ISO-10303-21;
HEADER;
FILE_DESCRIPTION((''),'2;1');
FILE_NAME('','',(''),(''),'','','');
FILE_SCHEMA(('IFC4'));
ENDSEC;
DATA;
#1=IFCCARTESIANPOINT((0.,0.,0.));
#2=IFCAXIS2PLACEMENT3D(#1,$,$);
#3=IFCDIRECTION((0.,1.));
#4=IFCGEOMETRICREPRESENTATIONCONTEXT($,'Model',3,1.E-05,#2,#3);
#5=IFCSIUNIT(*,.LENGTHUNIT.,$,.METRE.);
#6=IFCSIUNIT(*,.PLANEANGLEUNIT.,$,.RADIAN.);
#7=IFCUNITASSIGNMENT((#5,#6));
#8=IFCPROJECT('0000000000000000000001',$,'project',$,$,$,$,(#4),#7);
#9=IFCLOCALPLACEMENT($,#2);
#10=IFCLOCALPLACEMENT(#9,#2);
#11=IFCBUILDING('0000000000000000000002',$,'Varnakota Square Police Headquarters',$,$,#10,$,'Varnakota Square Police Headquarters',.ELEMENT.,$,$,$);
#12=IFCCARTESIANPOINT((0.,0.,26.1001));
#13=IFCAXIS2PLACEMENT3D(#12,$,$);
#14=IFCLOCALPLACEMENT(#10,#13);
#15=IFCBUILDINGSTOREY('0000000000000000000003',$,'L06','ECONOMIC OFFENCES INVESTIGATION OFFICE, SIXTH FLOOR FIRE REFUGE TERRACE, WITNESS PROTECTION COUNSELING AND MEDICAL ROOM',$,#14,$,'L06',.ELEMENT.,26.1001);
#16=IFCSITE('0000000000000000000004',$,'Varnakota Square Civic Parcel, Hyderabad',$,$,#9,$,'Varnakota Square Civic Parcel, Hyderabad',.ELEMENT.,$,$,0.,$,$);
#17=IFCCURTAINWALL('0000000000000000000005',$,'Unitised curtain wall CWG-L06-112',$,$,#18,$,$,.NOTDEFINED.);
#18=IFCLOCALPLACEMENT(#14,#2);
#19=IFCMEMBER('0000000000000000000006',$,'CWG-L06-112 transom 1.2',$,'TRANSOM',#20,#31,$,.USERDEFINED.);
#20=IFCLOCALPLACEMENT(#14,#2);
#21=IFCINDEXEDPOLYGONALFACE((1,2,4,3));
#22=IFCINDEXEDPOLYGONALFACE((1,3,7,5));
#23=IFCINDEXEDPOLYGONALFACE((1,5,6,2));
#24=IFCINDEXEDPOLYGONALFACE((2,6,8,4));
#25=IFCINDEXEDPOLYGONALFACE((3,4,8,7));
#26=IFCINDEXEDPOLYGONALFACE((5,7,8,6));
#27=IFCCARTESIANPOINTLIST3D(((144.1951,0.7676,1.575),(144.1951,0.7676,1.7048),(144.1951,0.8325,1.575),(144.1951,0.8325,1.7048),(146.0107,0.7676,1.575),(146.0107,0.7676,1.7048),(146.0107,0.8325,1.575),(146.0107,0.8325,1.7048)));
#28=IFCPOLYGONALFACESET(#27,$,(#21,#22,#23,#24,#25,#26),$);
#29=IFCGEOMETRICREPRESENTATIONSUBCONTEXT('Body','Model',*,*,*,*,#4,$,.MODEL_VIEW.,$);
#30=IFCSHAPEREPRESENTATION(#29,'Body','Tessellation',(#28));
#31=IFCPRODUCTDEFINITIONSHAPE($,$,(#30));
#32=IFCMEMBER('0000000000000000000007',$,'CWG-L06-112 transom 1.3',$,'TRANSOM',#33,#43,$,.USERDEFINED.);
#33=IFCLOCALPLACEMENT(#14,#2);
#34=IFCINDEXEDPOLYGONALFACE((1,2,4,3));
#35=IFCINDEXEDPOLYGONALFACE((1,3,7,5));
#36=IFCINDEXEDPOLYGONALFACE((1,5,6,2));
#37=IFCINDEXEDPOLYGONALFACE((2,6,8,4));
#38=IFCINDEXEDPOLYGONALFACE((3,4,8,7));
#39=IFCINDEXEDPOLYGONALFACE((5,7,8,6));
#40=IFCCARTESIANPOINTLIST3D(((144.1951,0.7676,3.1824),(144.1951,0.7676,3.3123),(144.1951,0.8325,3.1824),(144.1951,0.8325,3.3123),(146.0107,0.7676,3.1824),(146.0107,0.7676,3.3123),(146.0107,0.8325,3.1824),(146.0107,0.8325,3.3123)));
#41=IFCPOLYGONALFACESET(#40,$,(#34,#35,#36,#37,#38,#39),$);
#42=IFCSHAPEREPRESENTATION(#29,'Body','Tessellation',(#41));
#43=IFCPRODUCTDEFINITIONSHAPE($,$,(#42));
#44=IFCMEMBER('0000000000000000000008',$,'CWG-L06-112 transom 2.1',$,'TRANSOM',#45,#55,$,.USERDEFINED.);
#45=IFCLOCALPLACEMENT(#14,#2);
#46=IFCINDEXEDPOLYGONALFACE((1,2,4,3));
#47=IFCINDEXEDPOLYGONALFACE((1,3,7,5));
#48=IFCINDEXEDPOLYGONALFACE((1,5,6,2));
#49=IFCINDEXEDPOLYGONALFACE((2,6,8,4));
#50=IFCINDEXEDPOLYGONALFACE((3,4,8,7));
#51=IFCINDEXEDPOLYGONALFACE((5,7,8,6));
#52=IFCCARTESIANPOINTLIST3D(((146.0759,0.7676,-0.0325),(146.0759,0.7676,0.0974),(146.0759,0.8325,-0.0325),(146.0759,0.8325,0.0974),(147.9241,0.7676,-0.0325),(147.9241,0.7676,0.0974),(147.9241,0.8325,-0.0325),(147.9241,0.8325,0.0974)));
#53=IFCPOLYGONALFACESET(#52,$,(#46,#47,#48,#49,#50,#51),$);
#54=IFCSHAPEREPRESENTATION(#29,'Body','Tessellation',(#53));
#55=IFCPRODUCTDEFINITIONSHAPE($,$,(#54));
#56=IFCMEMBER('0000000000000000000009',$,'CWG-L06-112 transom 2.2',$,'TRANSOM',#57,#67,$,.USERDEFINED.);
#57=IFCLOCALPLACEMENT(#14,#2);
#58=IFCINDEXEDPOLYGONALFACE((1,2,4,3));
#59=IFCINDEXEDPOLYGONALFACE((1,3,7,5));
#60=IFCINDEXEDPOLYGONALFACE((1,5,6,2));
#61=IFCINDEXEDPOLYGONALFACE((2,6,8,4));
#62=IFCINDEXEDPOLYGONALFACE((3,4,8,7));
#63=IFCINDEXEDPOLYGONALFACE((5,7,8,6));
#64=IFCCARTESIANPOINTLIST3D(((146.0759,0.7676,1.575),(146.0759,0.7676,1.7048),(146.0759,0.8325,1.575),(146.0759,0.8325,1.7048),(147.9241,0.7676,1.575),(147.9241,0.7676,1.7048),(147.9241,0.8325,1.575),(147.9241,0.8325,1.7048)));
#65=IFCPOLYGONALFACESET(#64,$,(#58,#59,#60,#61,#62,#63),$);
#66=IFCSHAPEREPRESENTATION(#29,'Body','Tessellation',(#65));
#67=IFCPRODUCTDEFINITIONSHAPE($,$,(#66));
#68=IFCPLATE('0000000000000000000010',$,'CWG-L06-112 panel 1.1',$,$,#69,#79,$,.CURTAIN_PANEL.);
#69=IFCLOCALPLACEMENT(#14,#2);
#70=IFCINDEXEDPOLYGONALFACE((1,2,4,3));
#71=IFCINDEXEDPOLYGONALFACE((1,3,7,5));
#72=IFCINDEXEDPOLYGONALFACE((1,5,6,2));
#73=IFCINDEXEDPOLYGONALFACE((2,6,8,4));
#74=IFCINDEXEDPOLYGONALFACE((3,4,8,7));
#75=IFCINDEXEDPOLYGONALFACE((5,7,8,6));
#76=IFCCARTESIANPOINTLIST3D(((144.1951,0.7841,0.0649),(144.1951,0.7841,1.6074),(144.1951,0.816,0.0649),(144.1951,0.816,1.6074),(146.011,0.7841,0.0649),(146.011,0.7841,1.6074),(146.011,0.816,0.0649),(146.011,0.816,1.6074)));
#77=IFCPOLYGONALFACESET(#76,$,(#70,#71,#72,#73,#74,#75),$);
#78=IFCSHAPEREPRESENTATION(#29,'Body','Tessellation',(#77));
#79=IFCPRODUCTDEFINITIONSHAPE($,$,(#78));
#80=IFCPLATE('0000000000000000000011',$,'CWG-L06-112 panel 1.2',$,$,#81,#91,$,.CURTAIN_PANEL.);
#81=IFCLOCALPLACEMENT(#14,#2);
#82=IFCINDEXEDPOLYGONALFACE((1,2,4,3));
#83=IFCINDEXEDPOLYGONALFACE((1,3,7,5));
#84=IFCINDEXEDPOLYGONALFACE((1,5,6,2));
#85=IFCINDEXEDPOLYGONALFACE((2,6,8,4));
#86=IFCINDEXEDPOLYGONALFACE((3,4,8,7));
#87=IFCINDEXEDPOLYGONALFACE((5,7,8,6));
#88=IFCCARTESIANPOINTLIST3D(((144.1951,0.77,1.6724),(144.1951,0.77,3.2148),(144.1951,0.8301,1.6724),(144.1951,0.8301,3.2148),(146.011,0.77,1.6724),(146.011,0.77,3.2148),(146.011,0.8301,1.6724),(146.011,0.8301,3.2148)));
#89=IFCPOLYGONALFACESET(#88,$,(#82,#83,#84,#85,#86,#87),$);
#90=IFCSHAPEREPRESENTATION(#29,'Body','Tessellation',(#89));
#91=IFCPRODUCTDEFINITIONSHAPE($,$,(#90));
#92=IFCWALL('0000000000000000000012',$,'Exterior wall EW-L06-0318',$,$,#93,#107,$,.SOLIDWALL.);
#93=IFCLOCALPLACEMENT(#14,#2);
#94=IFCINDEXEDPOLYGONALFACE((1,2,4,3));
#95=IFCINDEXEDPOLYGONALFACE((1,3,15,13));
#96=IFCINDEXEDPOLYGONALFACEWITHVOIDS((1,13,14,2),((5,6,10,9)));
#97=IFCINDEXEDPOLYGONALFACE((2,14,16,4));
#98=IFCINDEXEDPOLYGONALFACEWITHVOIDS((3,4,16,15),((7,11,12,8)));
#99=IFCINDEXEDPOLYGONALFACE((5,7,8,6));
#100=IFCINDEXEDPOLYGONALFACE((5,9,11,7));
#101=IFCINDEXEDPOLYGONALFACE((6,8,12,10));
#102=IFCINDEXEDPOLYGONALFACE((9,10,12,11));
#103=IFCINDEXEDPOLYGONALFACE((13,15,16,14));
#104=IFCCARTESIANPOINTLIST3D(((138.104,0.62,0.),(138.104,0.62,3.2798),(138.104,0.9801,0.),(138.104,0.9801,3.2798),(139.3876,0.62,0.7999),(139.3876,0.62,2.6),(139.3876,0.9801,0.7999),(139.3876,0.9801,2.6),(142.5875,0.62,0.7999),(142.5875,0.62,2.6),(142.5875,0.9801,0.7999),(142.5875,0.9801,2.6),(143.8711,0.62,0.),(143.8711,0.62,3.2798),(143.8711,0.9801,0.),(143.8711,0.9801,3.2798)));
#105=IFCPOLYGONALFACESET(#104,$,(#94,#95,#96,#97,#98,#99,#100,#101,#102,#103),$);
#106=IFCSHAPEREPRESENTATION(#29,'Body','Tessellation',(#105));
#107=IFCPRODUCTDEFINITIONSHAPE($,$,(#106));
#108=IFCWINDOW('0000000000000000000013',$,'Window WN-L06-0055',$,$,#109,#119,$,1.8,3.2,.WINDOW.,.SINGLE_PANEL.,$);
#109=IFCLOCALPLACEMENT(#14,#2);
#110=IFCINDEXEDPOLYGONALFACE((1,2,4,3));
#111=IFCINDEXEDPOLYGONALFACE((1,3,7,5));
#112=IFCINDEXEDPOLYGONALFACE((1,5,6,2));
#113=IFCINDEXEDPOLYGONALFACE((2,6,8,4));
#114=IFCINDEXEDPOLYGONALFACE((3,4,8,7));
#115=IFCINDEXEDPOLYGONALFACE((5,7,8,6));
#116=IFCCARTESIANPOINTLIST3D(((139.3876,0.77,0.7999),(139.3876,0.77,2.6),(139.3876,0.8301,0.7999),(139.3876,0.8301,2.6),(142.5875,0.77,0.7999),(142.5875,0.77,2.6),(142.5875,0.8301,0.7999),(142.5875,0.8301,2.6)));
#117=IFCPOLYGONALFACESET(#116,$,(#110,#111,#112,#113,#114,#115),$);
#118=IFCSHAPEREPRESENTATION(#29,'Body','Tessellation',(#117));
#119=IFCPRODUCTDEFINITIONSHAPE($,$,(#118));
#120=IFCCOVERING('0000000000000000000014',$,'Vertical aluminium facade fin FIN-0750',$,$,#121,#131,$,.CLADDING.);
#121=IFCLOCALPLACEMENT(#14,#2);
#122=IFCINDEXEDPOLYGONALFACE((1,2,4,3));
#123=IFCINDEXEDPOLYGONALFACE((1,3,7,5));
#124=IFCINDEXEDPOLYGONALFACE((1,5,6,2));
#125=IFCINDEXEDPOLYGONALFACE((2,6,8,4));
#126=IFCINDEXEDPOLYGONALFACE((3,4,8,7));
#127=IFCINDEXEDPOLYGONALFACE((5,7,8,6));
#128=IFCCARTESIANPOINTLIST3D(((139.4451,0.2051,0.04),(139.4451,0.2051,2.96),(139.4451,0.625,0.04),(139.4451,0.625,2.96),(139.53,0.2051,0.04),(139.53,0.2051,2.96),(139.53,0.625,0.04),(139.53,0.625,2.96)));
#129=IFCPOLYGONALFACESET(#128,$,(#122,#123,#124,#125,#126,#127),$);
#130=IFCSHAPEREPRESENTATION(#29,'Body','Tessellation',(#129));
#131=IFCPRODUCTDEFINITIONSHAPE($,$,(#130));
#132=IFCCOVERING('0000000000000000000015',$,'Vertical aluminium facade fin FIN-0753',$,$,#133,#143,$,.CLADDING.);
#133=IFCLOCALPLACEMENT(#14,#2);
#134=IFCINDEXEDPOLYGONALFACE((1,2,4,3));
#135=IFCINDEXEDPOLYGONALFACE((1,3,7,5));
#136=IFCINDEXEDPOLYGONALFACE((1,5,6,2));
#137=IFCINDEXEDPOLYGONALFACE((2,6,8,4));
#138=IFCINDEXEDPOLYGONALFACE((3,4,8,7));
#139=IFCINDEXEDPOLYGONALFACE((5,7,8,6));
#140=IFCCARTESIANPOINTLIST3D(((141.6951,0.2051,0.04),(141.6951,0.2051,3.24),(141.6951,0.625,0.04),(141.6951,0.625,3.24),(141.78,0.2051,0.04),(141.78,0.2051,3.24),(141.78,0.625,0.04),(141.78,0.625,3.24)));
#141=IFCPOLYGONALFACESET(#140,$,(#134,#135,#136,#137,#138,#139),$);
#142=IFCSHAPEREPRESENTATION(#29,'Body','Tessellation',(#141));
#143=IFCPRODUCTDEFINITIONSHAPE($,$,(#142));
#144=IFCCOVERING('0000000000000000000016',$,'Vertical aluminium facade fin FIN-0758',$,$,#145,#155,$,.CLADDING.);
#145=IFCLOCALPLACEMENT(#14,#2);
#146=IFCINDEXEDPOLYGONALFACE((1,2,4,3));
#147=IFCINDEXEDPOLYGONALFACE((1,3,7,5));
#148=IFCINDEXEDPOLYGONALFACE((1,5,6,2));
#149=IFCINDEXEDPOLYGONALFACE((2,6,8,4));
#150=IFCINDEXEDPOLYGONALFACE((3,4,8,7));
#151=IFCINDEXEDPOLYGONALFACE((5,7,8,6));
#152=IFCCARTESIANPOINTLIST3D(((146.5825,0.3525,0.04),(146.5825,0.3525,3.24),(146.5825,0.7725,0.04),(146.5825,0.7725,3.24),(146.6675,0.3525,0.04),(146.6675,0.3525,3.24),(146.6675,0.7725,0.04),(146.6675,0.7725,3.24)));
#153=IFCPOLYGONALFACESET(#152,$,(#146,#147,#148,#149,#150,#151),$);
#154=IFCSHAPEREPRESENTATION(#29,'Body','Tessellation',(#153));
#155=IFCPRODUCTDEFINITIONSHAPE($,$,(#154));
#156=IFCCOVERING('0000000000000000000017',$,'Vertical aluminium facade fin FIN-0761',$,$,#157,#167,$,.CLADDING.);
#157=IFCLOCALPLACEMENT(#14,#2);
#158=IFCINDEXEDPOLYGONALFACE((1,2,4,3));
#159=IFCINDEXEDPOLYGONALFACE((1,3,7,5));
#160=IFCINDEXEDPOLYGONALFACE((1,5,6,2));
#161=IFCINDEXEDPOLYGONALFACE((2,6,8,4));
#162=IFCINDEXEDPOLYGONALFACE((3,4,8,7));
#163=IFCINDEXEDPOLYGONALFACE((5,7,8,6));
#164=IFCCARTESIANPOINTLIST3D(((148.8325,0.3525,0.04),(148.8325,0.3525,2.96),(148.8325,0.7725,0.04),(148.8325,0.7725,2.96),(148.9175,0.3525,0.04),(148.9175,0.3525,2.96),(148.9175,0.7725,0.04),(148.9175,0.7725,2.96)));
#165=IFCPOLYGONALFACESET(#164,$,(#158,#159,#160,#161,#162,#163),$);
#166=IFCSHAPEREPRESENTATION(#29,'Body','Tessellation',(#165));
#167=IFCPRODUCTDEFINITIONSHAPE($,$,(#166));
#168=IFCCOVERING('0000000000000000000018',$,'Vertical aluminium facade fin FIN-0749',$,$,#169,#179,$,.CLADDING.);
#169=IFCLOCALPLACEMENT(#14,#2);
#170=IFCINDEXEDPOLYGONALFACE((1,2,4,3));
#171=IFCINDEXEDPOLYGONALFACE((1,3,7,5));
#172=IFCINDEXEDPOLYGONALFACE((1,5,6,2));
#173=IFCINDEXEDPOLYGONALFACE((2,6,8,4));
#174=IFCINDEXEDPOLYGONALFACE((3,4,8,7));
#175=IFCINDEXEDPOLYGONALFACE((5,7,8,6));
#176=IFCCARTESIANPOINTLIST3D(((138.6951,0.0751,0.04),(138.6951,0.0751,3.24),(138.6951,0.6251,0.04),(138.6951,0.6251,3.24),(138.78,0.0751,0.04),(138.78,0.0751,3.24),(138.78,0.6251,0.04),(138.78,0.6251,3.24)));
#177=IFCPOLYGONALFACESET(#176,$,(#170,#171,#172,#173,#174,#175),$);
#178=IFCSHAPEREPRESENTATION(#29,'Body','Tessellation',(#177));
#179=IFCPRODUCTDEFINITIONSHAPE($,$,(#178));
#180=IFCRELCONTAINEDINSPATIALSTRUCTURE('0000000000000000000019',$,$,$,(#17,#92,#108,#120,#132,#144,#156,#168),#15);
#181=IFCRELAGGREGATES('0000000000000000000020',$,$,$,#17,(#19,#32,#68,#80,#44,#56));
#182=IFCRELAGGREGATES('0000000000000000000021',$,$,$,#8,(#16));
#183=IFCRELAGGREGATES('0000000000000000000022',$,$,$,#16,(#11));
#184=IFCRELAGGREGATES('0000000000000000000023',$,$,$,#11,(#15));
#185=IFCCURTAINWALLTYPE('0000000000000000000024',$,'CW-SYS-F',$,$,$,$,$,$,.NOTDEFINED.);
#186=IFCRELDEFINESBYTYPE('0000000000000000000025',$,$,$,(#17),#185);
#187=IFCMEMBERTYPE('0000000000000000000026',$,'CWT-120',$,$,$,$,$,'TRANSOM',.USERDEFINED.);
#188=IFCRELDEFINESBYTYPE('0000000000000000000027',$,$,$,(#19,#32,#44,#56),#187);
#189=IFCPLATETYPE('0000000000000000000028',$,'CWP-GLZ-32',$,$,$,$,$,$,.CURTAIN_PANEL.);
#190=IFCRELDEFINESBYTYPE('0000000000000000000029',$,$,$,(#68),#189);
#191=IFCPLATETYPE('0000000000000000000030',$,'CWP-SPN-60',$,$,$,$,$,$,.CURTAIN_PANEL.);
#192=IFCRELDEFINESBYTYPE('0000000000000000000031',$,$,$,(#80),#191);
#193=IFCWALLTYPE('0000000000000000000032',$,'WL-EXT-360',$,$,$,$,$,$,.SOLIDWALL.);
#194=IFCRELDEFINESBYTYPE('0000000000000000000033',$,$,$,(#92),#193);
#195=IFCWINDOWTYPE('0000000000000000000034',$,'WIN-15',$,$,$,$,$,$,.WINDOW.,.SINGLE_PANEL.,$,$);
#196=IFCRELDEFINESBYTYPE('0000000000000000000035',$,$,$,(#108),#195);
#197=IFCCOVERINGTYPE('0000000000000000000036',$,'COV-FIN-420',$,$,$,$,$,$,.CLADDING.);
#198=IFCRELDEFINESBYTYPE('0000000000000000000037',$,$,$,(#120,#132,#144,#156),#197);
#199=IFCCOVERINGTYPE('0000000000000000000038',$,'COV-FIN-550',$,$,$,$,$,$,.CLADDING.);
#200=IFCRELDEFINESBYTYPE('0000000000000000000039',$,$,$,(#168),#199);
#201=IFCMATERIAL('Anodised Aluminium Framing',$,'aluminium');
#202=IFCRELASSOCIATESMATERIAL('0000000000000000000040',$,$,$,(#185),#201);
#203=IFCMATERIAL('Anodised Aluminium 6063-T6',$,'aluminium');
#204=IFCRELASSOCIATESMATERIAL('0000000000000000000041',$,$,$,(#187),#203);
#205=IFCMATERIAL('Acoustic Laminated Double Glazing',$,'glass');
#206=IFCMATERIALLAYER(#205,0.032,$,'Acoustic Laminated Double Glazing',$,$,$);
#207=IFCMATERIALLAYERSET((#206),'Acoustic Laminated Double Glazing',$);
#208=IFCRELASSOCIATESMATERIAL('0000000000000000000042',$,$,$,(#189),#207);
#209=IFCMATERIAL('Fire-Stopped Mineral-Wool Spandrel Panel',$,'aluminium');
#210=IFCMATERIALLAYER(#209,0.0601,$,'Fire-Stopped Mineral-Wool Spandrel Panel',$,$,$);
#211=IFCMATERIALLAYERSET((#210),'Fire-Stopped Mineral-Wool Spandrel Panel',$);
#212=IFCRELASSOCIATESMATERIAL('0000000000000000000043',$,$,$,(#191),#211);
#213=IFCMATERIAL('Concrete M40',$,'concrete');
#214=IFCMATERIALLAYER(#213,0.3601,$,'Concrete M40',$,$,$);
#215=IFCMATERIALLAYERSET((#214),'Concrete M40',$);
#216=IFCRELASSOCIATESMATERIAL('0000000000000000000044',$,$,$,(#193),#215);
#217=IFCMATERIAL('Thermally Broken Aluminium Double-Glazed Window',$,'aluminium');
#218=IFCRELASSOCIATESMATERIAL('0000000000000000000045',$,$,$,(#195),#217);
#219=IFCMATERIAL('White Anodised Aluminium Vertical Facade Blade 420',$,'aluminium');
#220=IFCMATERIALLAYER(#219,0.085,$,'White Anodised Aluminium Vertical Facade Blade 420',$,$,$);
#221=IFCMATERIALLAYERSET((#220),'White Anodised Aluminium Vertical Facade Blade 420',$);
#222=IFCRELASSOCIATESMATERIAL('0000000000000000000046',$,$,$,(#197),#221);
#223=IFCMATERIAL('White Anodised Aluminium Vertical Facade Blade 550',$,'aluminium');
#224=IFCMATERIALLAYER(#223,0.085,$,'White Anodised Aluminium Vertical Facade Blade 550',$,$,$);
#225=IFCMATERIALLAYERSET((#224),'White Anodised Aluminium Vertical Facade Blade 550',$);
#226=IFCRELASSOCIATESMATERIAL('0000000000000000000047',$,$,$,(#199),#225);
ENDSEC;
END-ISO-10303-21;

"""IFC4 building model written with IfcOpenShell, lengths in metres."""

from ifc_helpers import new_model, si_unit, direction, frame, frame_2d, origin, origin_2d, place, context, subcontext, project, spatial, rectangle, extrude, material, layer, layer_set, material_profile, profile_set, type_object, element, fill, aggregate, save


model = new_model("IFC4")

# Units and contexts
model_context = context("Model", 3, precision=1e-05, world=origin(), true_north=direction((0.0, 1.0)))
body_context = subcontext(model_context, "Body", "Model", "MODEL_VIEW")
ifc_project = project(units=[si_unit("LENGTHUNIT", "METRE"), si_unit("PLANEANGLEUNIT", "RADIAN")], contexts=[model_context])

# Site, building, storey
site_placement = place(None, origin())
site = spatial("IfcSite", under=ifc_project, at=site_placement, Name="Varnakota Square Civic Parcel, Hyderabad", LongName="Varnakota Square Civic Parcel, Hyderabad", CompositionType="ELEMENT", RefElevation=0.0)
building_placement = place(site_placement, origin())
building = spatial("IfcBuilding", under=site, at=building_placement, Name="Varnakota Square Police Headquarters", LongName="Varnakota Square Police Headquarters", CompositionType="ELEMENT")
storey_placement = place(building_placement, frame((0.0, 0.0, 26.1001)))
storey = spatial("IfcBuildingStorey", under=building, at=storey_placement, Name="L06", Description="ECONOMIC OFFENCES INVESTIGATION OFFICE, SIXTH FLOOR FIRE REFUGE TERRACE, WITNESS PROTECTION COUNSELING AND MEDICAL ROOM", LongName="L06", CompositionType="ELEMENT", Elevation=26.1001)

# Curtain wall, members, plates
ifc_material_1 = material(Name="Anodised Aluminium Framing", Category="aluminium")
curtain_wall_type = type_object("IfcCurtainWallType", Name="CW-SYS-F", PredefinedType="NOTDEFINED", material=ifc_material_1)
curtain_wall_placement = place(storey_placement, origin())
curtain_wall = element("IfcCurtainWall", 1, at=curtain_wall_placement, inside=storey, type_object=curtain_wall_type, Name="Unitised curtain wall CWG-L06-112", PredefinedType="NOTDEFINED")
ifc_material_2 = material(Name="Anodised Aluminium 6063-T6", Category="aluminium")
ifc_material_profile_1 = material_profile(ifc_material_2, rectangle(XDim=0.0649, YDim=0.1299, at=origin_2d()), Name="ALU TRANSOM 65x130")
ifc_profile_set_1 = profile_set([ifc_material_profile_1], Name="Anodised Aluminium 6063-T6")
member_type_1 = type_object("IfcMemberType", Name="CWT-120", ElementType="TRANSOM", PredefinedType="USERDEFINED", material=ifc_profile_set_1)
member_1_placement = place(storey_placement, frame((144.1951, 0.8, 1.6399), z_axis=(1.0, 0.0, 0.0), x_axis=(0.0, 1.0, 0.0)))
member_1 = element("IfcMember", 2, at=member_1_placement, type_object=member_type_1, Name="CWG-L06-112 transom 1.2", ObjectType="TRANSOM", PredefinedType="USERDEFINED", context=body_context, shape_type="SweptSolid", body=[
    extrude(rectangle(XDim=0.0649, YDim=0.1299, at=origin_2d()), origin(), (0.0, 0.0, 1.0), 1.8157),
])
member_2_placement = place(storey_placement, frame((144.1951, 0.8, 3.2473), z_axis=(1.0, 0.0, 0.0), x_axis=(0.0, 1.0, 0.0)))
member_2 = element("IfcMember", 3, at=member_2_placement, type_object=member_type_1, Name="CWG-L06-112 transom 1.3", ObjectType="TRANSOM", PredefinedType="USERDEFINED", context=body_context, shape_type="SweptSolid", body=[
    extrude(rectangle(XDim=0.0649, YDim=0.1299, at=origin_2d()), origin(), (0.0, 0.0, 1.0), 1.8157),
])
member_3_placement = place(storey_placement, frame((146.0759, 0.8, 0.0325), z_axis=(1.0, 0.0, 0.0), x_axis=(0.0, 1.0, 0.0)))
member_3 = element("IfcMember", 4, at=member_3_placement, type_object=member_type_1, Name="CWG-L06-112 transom 2.1", ObjectType="TRANSOM", PredefinedType="USERDEFINED", context=body_context, shape_type="SweptSolid", body=[
    extrude(rectangle(XDim=0.0649, YDim=0.1299, at=origin_2d()), origin(), (0.0, 0.0, 1.0), 1.8481),
])
member_4_placement = place(storey_placement, frame((146.0759, 0.8, 1.6399), z_axis=(1.0, 0.0, 0.0), x_axis=(0.0, 1.0, 0.0)))
member_4 = element("IfcMember", 5, at=member_4_placement, type_object=member_type_1, Name="CWG-L06-112 transom 2.2", ObjectType="TRANSOM", PredefinedType="USERDEFINED", context=body_context, shape_type="SweptSolid", body=[
    extrude(rectangle(XDim=0.0649, YDim=0.1299, at=origin_2d()), origin(), (0.0, 0.0, 1.0), 1.8481),
])
ifc_material_3 = material(Name="Acoustic Laminated Double Glazing", Category="glass")
ifc_layer_1 = layer(ifc_material_3, 0.032, Name="Acoustic Laminated Double Glazing")
ifc_layer_set_1 = layer_set([ifc_layer_1], Name="Acoustic Laminated Double Glazing")
plate_type_1 = type_object("IfcPlateType", Name="CWP-GLZ-32", PredefinedType="CURTAIN_PANEL", material=ifc_layer_set_1)
plate_1_placement = place(storey_placement, frame((145.103, 0.8, 0.0649), z_axis=(0.0, 0.0, 1.0), x_axis=(1.0, 0.0, 0.0)))
plate_1 = element("IfcPlate", 6, at=plate_1_placement, type_object=plate_type_1, Name="CWG-L06-112 panel 1.1", PredefinedType="CURTAIN_PANEL", context=body_context, shape_type="SweptSolid", body=[
    extrude(rectangle(XDim=1.8159, YDim=0.032, at=origin_2d()), origin(), (0.0, 0.0, 1.0), 1.5425),
])
ifc_material_4 = material(Name="Fire-Stopped Mineral-Wool Spandrel Panel", Category="aluminium")
ifc_layer_2 = layer(ifc_material_4, 0.0601, Name="Fire-Stopped Mineral-Wool Spandrel Panel")
ifc_layer_set_2 = layer_set([ifc_layer_2], Name="Fire-Stopped Mineral-Wool Spandrel Panel")
plate_type_2 = type_object("IfcPlateType", Name="CWP-SPN-60", PredefinedType="CURTAIN_PANEL", material=ifc_layer_set_2)
plate_2_placement = place(storey_placement, frame((145.103, 0.8, 1.6724), z_axis=(0.0, 0.0, 1.0), x_axis=(1.0, 0.0, 0.0)))
plate_2 = element("IfcPlate", 7, at=plate_2_placement, type_object=plate_type_2, Name="CWG-L06-112 panel 1.2", PredefinedType="CURTAIN_PANEL", context=body_context, shape_type="SweptSolid", body=[
    extrude(rectangle(XDim=1.8159, YDim=0.0601, at=origin_2d()), origin(), (0.0, 0.0, 1.0), 1.5425),
])
aggregate(curtain_wall, [member_1, member_2, plate_1, plate_2, member_3, member_4])

# Wall, opening, window
ifc_material_5 = material(Name="Concrete M40", Category="concrete")
ifc_layer_3 = layer(ifc_material_5, 0.3601, Name="Concrete M40")
ifc_layer_set_3 = layer_set([ifc_layer_3], Name="Concrete M40")
wall_type = type_object("IfcWallType", Name="WL-EXT-360", PredefinedType="SOLIDWALL", material=ifc_layer_set_3)
wall_placement = place(storey_placement, frame((138.104, 0.8, 0.0), z_axis=(0.0, 0.0, 1.0), x_axis=(1.0, 0.0, 0.0)))
wall = element("IfcWall", 8, at=wall_placement, inside=storey, type_object=wall_type, Name="Exterior wall EW-L06-0318", PredefinedType="SOLIDWALL", context=body_context, shape_type="SweptSolid", body=[
    extrude(rectangle(XDim=5.7671, YDim=0.3601, at=frame_2d((2.8835, 0.0))), origin(), (0.0, 0.0, 1.0), 3.2798),
])
opening_placement = place(wall_placement, frame((1.2834, 0.0, 0.8)))
opening = element("IfcOpeningElement", 9, at=opening_placement, cuts=wall, PredefinedType="OPENING", context=body_context, shape_type="SweptSolid", body=[
    extrude(rectangle(XDim=3.2, YDim=1.8, at=frame_2d((1.6001, 0.8999))), frame((0.0, 0.1899, 0.0), z_axis=(0.0, -1.0, 0.0), x_axis=(1.0, 0.0, 0.0)), (0.0, 0.0, 1.0), 0.3801),
])
ifc_material_6 = material(Name="Thermally Broken Aluminium Double-Glazed Window", Category="aluminium")
window_type = type_object("IfcWindowType", Name="WIN-15", PartitioningType="SINGLE_PANEL", PredefinedType="WINDOW", material=ifc_material_6)
window_placement = place(opening_placement, origin())
window = element("IfcWindow", 10, at=window_placement, inside=storey, type_object=window_type, Name="Window WN-L06-0055", OverallHeight=1.8, OverallWidth=3.2, PartitioningType="SINGLE_PANEL", PredefinedType="WINDOW", context=body_context, shape_type="SweptSolid", body=[
    extrude(rectangle(XDim=3.2, YDim=1.8, at=frame_2d((1.6001, 0.8999))), frame((0.0, 0.03, 0.0), z_axis=(0.0, -1.0, 0.0), x_axis=(1.0, 0.0, 0.0)), (0.0, 0.0, 1.0), 0.0601),
])
fill(opening, window)

# Coverings
ifc_material_7 = material(Name="White Anodised Aluminium Vertical Facade Blade 420", Category="aluminium")
ifc_layer_4 = layer(ifc_material_7, 0.085, Name="White Anodised Aluminium Vertical Facade Blade 420")
ifc_layer_set_4 = layer_set([ifc_layer_4], Name="White Anodised Aluminium Vertical Facade Blade 420")
covering_type_1 = type_object("IfcCoveringType", Name="COV-FIN-420", PredefinedType="CLADDING", material=ifc_layer_set_4)
covering_1_placement = place(storey_placement, frame((139.4875, 0.415, 0.04), z_axis=(0.0, 0.0, 1.0), x_axis=(1.0, 0.0, 0.0)))
element("IfcCovering", 11, at=covering_1_placement, inside=storey, type_object=covering_type_1, Name="Vertical aluminium facade fin FIN-0750", PredefinedType="CLADDING", context=body_context, shape_type="SweptSolid", body=[
    extrude(rectangle(XDim=0.085, YDim=0.4199, at=origin_2d()), origin(), (0.0, 0.0, 1.0), 2.9199),
])
for number, where, z_axis, x_axis, name in (
    (12, (141.7375, 0.415, 0.04), (0.0, 0.0, 1.0), (1.0, 0.0, 0.0), "Vertical aluminium facade fin FIN-0753"),
    (13, (146.625, 0.5625, 0.04), (0.0, 0.0, 1.0), (1.0, 0.0, 0.0), "Vertical aluminium facade fin FIN-0758"),
):
    element("IfcCovering", number, at=place(storey_placement, frame(where, z_axis=z_axis, x_axis=x_axis)), inside=storey, type_object=covering_type_1, Name=name, PredefinedType="CLADDING", context=body_context, shape_type="SweptSolid", body=[
        extrude(rectangle(XDim=0.085, YDim=0.4199, at=origin_2d()), origin(), (0.0, 0.0, 1.0), 3.2),
    ])
covering_2_placement = place(storey_placement, frame((148.875, 0.5625, 0.04), z_axis=(0.0, 0.0, 1.0), x_axis=(1.0, 0.0, 0.0)))
element("IfcCovering", 14, at=covering_2_placement, inside=storey, type_object=covering_type_1, Name="Vertical aluminium facade fin FIN-0761", PredefinedType="CLADDING", context=body_context, shape_type="SweptSolid", body=[
    extrude(rectangle(XDim=0.085, YDim=0.4199, at=origin_2d()), origin(), (0.0, 0.0, 1.0), 2.9199),
])
ifc_material_8 = material(Name="White Anodised Aluminium Vertical Facade Blade 550", Category="aluminium")
ifc_layer_5 = layer(ifc_material_8, 0.085, Name="White Anodised Aluminium Vertical Facade Blade 550")
ifc_layer_set_5 = layer_set([ifc_layer_5], Name="White Anodised Aluminium Vertical Facade Blade 550")
covering_type_2 = type_object("IfcCoveringType", Name="COV-FIN-550", PredefinedType="CLADDING", material=ifc_layer_set_5)
for number, where, z_axis, x_axis, name in (
    (15, (138.7375, 0.3501, 0.04), (0.0, 0.0, 1.0), (1.0, 0.0, 0.0), "Vertical aluminium facade fin FIN-0749"),
):
    element("IfcCovering", number, at=place(storey_placement, frame(where, z_axis=z_axis, x_axis=x_axis)), inside=storey, type_object=covering_type_2, Name=name, PredefinedType="CLADDING", context=body_context, shape_type="SweptSolid", body=[
        extrude(rectangle(XDim=0.085, YDim=0.55, at=origin_2d()), origin(), (0.0, 0.0, 1.0), 3.2),
    ])

save(model, "model.ifc")
